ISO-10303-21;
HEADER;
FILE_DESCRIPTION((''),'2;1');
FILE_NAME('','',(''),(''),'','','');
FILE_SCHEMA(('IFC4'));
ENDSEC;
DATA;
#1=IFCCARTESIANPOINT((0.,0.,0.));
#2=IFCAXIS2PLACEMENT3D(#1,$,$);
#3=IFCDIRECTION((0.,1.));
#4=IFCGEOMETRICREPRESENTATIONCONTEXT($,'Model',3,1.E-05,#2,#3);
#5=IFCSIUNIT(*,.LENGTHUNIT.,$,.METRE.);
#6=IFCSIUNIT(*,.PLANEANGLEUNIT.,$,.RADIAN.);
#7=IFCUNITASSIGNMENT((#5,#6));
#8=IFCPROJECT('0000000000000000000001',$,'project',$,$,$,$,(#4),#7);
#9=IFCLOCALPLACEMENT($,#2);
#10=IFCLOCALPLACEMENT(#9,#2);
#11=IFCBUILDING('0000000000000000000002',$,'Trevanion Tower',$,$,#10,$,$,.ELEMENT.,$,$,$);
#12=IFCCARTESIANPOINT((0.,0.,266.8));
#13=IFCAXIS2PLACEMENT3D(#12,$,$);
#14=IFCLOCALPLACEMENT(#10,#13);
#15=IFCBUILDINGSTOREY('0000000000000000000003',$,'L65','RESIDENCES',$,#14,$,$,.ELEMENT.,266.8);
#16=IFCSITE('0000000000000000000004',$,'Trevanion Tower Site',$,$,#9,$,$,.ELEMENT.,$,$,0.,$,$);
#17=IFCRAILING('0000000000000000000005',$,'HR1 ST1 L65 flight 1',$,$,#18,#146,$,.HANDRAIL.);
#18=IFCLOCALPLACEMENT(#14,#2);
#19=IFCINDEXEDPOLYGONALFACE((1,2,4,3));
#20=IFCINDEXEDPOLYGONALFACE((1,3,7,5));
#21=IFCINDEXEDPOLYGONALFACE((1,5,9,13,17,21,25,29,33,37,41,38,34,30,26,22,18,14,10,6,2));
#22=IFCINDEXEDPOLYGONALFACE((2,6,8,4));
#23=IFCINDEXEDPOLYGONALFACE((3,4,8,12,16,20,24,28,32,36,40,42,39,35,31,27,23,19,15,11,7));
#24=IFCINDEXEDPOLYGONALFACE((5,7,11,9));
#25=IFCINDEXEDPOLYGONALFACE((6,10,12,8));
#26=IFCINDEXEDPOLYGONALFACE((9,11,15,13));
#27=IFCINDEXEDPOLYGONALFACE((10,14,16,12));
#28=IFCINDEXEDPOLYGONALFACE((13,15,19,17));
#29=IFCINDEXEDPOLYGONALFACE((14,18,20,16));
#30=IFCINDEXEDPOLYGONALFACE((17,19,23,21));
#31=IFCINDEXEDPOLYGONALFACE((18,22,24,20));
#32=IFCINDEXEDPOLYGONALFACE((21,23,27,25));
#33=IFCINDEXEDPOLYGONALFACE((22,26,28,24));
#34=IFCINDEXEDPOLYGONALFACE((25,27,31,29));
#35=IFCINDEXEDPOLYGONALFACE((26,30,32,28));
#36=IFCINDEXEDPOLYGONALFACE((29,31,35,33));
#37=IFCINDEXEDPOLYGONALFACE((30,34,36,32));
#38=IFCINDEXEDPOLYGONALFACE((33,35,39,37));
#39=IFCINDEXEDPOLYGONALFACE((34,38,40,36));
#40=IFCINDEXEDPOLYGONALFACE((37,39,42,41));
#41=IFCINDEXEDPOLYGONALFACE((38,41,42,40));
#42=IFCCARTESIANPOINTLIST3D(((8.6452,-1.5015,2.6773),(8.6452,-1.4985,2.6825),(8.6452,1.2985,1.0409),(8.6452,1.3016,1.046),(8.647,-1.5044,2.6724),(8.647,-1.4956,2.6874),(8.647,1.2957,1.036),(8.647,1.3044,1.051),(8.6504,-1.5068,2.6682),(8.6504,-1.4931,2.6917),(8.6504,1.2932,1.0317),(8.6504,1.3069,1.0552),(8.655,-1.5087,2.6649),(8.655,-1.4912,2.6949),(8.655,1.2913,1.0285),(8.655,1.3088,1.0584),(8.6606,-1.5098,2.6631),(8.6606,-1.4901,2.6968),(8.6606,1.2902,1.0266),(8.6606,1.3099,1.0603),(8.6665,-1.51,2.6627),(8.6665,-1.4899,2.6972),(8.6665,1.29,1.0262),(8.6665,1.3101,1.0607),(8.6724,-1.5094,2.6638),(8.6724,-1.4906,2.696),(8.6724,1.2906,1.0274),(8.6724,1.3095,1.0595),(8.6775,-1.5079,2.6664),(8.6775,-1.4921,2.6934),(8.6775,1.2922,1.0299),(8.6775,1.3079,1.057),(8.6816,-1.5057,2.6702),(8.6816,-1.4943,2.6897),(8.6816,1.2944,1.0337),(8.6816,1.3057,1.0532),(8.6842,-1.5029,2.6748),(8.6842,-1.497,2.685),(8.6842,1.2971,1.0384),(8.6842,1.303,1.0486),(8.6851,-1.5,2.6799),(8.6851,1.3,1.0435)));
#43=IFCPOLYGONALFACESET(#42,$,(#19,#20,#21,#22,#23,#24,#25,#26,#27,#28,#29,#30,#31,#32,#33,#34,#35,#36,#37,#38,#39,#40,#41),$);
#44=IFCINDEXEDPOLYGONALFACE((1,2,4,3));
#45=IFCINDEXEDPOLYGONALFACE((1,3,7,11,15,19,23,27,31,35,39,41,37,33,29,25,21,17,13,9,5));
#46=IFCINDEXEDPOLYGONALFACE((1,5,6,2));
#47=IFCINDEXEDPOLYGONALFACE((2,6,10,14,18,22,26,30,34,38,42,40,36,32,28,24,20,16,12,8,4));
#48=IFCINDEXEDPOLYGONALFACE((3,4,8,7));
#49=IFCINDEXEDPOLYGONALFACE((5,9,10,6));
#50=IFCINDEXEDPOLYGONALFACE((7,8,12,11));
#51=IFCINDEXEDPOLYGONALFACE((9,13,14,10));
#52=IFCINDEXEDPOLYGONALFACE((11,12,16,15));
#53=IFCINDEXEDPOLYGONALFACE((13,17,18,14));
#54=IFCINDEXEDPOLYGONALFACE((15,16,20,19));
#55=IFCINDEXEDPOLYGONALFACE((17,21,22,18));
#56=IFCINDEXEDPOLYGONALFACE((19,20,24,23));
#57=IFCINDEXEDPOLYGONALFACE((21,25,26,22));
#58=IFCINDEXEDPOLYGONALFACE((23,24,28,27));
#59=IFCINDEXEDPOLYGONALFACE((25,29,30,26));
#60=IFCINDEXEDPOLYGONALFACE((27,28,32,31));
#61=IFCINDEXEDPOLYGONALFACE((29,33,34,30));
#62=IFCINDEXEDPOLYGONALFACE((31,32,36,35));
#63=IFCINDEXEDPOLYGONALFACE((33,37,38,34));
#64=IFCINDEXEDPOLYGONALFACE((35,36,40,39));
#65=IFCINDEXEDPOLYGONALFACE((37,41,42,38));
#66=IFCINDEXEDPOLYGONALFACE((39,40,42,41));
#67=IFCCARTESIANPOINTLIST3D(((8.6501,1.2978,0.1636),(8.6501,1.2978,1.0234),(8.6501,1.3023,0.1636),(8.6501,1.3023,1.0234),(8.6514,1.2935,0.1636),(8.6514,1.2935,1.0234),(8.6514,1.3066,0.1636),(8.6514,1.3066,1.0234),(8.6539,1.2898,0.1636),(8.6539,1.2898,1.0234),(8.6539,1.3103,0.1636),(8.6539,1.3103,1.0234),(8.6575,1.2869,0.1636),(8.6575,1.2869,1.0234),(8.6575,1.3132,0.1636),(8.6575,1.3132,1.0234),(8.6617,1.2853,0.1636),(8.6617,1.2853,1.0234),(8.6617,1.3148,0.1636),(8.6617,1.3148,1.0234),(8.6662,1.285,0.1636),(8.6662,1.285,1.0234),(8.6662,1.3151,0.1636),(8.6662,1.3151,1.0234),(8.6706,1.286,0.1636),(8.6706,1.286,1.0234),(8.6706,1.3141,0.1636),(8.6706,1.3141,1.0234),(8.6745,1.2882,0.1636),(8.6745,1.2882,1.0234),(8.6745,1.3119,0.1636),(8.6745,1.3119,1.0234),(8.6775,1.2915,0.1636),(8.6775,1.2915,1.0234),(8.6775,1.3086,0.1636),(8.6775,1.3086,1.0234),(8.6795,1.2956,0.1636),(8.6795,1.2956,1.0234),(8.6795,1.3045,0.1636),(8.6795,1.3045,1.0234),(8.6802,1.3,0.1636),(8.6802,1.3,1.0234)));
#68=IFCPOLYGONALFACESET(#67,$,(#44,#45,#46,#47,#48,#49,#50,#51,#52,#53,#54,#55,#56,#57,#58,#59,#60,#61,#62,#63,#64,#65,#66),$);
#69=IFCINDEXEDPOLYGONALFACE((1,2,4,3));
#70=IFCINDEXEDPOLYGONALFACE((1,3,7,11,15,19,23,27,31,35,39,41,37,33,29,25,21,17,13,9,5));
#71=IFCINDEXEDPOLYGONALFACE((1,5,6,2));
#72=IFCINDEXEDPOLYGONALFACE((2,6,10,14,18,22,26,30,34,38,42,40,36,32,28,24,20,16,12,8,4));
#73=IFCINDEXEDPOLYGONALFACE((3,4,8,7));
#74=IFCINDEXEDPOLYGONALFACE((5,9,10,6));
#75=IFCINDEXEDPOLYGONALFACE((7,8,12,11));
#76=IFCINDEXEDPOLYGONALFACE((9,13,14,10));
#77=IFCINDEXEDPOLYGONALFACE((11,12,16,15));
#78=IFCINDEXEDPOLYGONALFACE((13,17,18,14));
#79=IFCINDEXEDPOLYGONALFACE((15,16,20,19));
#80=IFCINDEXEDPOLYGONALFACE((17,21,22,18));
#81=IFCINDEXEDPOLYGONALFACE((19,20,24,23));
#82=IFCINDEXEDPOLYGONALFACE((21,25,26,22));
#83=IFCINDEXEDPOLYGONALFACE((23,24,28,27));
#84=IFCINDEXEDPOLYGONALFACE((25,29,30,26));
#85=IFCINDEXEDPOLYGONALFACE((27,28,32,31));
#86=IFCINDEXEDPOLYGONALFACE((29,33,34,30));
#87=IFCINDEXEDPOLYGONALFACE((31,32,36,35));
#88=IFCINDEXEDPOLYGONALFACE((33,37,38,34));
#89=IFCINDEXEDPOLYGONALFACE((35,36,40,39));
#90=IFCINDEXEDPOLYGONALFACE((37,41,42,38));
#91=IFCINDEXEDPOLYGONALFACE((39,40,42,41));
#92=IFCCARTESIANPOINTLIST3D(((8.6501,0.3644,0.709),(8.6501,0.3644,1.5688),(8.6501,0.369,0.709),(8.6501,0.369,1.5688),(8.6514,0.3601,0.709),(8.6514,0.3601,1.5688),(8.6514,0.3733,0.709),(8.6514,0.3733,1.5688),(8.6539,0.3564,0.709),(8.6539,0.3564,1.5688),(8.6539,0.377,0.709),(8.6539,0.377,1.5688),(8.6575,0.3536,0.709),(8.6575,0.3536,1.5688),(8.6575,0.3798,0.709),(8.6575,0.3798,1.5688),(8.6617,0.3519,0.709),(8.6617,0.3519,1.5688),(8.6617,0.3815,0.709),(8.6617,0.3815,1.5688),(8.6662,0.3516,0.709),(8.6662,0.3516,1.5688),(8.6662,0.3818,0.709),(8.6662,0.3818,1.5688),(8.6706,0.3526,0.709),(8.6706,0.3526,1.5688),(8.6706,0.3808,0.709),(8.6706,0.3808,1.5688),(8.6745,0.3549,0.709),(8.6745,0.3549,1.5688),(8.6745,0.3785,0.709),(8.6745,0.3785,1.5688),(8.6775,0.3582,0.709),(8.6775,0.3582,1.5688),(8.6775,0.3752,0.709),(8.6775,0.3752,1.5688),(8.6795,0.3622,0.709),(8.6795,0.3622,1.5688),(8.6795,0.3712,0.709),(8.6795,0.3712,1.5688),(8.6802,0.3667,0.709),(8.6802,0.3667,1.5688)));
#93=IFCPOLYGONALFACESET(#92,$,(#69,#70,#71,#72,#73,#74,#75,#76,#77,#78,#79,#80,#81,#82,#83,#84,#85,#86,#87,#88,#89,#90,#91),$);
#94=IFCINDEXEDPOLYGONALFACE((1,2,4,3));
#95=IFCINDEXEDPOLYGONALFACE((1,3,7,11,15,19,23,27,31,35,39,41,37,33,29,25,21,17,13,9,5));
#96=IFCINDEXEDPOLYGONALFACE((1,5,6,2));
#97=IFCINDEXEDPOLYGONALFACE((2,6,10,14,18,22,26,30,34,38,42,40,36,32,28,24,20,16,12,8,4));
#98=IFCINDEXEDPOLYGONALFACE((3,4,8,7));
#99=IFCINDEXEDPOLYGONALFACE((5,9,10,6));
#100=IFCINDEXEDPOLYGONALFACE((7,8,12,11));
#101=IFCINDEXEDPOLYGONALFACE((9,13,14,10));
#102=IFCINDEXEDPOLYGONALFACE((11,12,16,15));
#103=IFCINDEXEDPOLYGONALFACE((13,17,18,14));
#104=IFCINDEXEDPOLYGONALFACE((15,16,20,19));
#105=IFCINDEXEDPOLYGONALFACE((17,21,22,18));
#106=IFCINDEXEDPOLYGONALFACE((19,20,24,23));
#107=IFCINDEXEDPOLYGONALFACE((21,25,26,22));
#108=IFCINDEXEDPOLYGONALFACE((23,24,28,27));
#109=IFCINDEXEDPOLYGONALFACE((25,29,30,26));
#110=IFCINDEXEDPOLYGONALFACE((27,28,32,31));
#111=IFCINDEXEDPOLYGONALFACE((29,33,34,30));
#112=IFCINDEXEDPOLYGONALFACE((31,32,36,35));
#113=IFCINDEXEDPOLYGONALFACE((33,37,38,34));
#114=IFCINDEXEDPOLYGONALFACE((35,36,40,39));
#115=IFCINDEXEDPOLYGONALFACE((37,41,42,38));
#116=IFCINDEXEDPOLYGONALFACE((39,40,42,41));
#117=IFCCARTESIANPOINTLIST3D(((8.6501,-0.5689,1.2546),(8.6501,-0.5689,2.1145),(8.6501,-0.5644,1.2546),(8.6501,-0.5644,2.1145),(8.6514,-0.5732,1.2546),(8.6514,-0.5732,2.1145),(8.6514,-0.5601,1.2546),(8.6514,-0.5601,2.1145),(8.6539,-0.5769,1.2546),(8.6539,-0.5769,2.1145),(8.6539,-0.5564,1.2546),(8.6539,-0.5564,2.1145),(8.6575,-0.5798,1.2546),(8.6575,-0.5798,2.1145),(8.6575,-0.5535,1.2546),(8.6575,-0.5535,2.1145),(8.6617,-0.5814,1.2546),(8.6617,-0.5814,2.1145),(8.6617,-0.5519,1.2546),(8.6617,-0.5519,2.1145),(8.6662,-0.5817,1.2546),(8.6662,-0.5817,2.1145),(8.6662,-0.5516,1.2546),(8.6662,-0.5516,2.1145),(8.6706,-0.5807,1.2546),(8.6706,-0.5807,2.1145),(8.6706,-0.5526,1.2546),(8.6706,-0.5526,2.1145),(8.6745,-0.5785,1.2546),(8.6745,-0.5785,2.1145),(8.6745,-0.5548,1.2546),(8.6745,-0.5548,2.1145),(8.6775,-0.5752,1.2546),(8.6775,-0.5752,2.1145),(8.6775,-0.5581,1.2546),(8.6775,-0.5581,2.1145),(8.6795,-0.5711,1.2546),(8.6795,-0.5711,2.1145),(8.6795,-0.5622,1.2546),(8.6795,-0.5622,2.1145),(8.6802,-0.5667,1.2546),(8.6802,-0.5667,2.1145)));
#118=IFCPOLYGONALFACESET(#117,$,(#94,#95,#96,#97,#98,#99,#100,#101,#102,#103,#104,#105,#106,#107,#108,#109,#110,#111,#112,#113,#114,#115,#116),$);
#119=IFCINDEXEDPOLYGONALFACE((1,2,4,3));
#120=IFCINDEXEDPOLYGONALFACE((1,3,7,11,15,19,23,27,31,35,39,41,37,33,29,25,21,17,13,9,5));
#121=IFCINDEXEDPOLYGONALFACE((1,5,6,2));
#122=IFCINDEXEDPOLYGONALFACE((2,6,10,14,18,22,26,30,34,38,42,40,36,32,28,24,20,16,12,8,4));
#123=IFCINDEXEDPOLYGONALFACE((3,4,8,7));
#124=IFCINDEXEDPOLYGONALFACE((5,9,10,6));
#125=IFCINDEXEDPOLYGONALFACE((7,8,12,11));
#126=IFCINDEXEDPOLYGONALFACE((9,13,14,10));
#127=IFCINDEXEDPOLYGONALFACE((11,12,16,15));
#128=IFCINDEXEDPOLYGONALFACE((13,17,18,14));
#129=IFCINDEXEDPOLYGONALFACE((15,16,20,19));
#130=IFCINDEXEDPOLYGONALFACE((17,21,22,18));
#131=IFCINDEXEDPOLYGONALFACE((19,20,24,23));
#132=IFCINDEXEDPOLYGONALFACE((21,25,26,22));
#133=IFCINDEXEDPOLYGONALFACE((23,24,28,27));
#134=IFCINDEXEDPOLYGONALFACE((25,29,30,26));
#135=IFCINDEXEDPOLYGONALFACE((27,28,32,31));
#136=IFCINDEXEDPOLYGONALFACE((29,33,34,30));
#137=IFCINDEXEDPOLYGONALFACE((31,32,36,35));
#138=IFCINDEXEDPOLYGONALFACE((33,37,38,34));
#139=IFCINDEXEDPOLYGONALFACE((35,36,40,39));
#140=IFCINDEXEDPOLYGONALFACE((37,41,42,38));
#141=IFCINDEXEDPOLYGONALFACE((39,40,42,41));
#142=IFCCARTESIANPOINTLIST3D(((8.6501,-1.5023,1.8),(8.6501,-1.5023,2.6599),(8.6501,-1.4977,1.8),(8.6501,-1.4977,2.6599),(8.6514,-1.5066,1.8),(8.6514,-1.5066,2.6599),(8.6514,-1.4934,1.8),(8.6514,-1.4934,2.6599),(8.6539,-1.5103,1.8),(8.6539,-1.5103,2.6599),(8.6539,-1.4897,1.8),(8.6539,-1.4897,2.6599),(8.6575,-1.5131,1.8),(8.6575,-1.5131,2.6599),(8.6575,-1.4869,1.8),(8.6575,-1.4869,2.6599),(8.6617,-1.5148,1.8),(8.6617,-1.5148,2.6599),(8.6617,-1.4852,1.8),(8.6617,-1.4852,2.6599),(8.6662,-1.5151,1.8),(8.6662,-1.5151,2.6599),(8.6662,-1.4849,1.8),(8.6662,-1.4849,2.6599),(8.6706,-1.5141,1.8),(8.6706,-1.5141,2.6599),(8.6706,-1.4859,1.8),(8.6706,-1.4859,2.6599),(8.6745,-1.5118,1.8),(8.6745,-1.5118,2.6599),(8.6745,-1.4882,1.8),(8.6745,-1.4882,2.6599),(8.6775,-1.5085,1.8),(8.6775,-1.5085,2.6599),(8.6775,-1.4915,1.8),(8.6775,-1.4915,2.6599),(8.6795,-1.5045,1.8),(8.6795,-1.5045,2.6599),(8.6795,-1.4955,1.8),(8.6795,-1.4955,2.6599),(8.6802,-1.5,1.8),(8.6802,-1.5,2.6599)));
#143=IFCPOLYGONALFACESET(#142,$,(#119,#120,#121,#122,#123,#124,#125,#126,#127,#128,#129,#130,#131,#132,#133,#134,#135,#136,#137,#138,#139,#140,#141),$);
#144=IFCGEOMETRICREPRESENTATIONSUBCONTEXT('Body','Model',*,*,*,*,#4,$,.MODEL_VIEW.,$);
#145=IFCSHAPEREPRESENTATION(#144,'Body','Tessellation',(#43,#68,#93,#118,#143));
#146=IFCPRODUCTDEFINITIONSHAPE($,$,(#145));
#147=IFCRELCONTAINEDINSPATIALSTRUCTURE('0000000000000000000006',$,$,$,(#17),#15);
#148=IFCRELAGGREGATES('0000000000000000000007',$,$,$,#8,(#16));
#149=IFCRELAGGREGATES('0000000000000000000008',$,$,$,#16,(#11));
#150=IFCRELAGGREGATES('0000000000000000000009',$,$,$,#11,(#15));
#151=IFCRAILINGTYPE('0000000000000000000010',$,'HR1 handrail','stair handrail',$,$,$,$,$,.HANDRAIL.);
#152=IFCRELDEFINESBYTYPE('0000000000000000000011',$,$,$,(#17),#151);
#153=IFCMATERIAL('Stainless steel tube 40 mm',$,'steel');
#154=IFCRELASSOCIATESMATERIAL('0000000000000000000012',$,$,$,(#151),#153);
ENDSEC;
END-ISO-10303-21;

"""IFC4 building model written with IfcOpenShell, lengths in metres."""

from ifc_helpers import new_model, si_unit, direction, frame, origin, origin_2d, place, context, subcontext, project, spatial, circle, extrude, material, type_object, element, save


model = new_model("IFC4")

# Units and contexts
model_context = context("Model", 3, precision=1e-05, world=origin(), true_north=direction((0.0, 1.0)))
body_context = subcontext(model_context, "Body", "Model", "MODEL_VIEW")
ifc_project = project(units=[si_unit("LENGTHUNIT", "METRE"), si_unit("PLANEANGLEUNIT", "RADIAN")], contexts=[model_context])

# Site, building, storey
site_placement = place(None, origin())
site = spatial("IfcSite", under=ifc_project, at=site_placement, Name="Trevanion Tower Site", CompositionType="ELEMENT", RefElevation=0.0)
building_placement = place(site_placement, origin())
building = spatial("IfcBuilding", under=site, at=building_placement, Name="Trevanion Tower", CompositionType="ELEMENT")
storey_placement = place(building_placement, frame((0.0, 0.0, 266.8)))
storey = spatial("IfcBuildingStorey", under=building, at=storey_placement, Name="L65", Description="RESIDENCES", CompositionType="ELEMENT", Elevation=266.8)

# Railing
ifc_material_1 = material(Name="Stainless steel tube 40 mm", Category="steel")
railing_type = type_object("IfcRailingType", Name="HR1 handrail", Description="stair handrail", PredefinedType="HANDRAIL", material=ifc_material_1)
for number, where, name in (
    (1, (8.665, 1.3, 0.1636), "HR1 ST1 L65 flight 1"),
):
    element("IfcRailing", number, at=place(storey_placement, frame(where)), inside=storey, type_object=railing_type, Name=name, PredefinedType="HANDRAIL", context=body_context, shape_type="SweptSolid", body=[
        extrude(circle(Radius=0.02, at=origin_2d()), frame((0.0, 0.0, 0.8799), z_axis=(0.0, -0.863361, 0.504587), x_axis=(1.0, 0.0, 0.0)), (0.0, 0.0, 1.0), 3.2432),
        extrude(circle(Radius=0.0151, at=origin_2d()), origin(), (0.0, 0.0, 1.0), 0.8599),
        extrude(circle(Radius=0.0151, at=origin_2d()), frame((0.0, -0.9333, 0.5454)), (0.0, 0.0, 1.0), 0.8599),
        extrude(circle(Radius=0.0151, at=origin_2d()), frame((0.0, -1.8667, 1.0911)), (0.0, 0.0, 1.0), 0.8599),
        extrude(circle(Radius=0.0151, at=origin_2d()), frame((0.0, -2.8, 1.6365)), (0.0, 0.0, 1.0), 0.8599),
    ])

save(model, "model.ifc")
